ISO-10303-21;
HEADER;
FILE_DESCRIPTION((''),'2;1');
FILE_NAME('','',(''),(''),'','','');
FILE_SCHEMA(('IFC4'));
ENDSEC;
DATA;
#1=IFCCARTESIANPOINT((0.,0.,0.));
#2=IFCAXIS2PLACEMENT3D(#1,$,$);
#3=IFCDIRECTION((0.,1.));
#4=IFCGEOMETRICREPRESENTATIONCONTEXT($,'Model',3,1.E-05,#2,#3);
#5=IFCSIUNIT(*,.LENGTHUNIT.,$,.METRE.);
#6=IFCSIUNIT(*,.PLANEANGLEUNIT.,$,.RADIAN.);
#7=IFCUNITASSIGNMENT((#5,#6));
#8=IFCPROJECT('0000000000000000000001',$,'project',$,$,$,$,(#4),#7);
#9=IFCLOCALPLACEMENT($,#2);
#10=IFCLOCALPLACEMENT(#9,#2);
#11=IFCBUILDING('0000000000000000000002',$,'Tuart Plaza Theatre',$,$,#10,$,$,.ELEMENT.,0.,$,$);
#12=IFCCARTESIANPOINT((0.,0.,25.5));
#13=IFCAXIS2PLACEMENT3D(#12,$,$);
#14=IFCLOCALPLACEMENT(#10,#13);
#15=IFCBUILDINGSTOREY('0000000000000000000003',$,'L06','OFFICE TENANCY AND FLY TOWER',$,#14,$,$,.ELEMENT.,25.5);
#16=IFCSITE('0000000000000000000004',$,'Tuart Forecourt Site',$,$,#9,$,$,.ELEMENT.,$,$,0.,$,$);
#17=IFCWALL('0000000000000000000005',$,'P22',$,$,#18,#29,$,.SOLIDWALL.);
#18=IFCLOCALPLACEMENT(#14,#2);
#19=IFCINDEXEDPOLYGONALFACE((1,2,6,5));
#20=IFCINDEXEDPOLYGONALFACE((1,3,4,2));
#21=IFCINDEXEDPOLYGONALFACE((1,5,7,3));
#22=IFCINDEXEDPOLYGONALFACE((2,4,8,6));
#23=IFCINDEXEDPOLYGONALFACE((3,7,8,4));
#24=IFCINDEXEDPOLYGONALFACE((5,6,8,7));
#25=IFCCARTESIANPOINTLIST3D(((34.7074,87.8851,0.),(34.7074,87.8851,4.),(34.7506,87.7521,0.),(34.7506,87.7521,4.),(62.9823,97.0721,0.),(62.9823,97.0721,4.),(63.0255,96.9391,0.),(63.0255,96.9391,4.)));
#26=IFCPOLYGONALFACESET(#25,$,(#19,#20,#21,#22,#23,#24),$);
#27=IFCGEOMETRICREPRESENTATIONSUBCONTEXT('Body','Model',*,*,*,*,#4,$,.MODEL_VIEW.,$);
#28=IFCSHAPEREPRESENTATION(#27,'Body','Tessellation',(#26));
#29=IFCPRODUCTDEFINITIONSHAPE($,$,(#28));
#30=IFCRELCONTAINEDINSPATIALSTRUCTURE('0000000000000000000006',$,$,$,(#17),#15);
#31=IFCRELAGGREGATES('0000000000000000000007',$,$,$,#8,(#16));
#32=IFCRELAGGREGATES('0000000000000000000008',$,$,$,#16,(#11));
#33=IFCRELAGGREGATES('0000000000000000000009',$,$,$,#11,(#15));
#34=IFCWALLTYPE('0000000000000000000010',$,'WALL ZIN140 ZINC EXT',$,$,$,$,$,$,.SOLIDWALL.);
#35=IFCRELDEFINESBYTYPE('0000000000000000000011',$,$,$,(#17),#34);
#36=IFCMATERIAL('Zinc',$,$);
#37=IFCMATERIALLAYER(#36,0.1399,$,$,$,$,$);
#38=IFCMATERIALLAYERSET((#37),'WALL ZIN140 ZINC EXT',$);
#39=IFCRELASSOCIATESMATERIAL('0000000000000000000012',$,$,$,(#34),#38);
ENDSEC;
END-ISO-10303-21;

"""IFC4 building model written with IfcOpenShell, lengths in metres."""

from ifc_helpers import new_model, si_unit, direction, frame, frame_2d, origin, place, context, subcontext, project, spatial, rectangle, extrude, material, layer, layer_set, type_object, element, save


model = new_model("IFC4")

# Units and contexts
model_context = context("Model", 3, precision=1e-05, world=origin(), true_north=direction((0.0, 1.0)))
body_context = subcontext(model_context, "Body", "Model", "MODEL_VIEW")
ifc_project = project(units=[si_unit("LENGTHUNIT", "METRE"), si_unit("PLANEANGLEUNIT", "RADIAN")], contexts=[model_context])

# Site, building, storey
site_placement = place(None, origin())
site = spatial("IfcSite", under=ifc_project, at=site_placement, Name="Tuart Forecourt Site", CompositionType="ELEMENT", RefElevation=0.0)
building_placement = place(site_placement, origin())
building = spatial("IfcBuilding", under=site, at=building_placement, Name="Tuart Plaza Theatre", CompositionType="ELEMENT", ElevationOfRefHeight=0.0)
storey_placement = place(building_placement, frame((0.0, 0.0, 25.5)))
storey = spatial("IfcBuildingStorey", under=building, at=storey_placement, Name="L06", Description="OFFICE TENANCY AND FLY TOWER", CompositionType="ELEMENT", Elevation=25.5)

# Wall
ifc_material_1 = material(Name="Zinc")
ifc_layer_1 = layer(ifc_material_1, 0.1399)
ifc_layer_set_1 = layer_set([ifc_layer_1], Name="WALL ZIN140 ZINC EXT")
wall_type_1 = type_object("IfcWallType", Name="WALL ZIN140 ZINC EXT", PredefinedType="SOLIDWALL", material=ifc_layer_set_1)
wall_1_placement = place(storey_placement, frame((34.729, 87.8186, 0.0), z_axis=(0.0, 0.0, 1.0), x_axis=(0.951057, 0.309015, 0.0)))
element("IfcWall", 1, at=wall_1_placement, inside=storey, type_object=wall_type_1, Name="P22", PredefinedType="SOLIDWALL", context=body_context, shape_type="SweptSolid", body=[
    extrude(rectangle(XDim=29.73, YDim=0.1399, at=frame_2d((14.865, 0.0))), origin(), (0.0, 0.0, 1.0), 4.0),
])

save(model, "model.ifc")
